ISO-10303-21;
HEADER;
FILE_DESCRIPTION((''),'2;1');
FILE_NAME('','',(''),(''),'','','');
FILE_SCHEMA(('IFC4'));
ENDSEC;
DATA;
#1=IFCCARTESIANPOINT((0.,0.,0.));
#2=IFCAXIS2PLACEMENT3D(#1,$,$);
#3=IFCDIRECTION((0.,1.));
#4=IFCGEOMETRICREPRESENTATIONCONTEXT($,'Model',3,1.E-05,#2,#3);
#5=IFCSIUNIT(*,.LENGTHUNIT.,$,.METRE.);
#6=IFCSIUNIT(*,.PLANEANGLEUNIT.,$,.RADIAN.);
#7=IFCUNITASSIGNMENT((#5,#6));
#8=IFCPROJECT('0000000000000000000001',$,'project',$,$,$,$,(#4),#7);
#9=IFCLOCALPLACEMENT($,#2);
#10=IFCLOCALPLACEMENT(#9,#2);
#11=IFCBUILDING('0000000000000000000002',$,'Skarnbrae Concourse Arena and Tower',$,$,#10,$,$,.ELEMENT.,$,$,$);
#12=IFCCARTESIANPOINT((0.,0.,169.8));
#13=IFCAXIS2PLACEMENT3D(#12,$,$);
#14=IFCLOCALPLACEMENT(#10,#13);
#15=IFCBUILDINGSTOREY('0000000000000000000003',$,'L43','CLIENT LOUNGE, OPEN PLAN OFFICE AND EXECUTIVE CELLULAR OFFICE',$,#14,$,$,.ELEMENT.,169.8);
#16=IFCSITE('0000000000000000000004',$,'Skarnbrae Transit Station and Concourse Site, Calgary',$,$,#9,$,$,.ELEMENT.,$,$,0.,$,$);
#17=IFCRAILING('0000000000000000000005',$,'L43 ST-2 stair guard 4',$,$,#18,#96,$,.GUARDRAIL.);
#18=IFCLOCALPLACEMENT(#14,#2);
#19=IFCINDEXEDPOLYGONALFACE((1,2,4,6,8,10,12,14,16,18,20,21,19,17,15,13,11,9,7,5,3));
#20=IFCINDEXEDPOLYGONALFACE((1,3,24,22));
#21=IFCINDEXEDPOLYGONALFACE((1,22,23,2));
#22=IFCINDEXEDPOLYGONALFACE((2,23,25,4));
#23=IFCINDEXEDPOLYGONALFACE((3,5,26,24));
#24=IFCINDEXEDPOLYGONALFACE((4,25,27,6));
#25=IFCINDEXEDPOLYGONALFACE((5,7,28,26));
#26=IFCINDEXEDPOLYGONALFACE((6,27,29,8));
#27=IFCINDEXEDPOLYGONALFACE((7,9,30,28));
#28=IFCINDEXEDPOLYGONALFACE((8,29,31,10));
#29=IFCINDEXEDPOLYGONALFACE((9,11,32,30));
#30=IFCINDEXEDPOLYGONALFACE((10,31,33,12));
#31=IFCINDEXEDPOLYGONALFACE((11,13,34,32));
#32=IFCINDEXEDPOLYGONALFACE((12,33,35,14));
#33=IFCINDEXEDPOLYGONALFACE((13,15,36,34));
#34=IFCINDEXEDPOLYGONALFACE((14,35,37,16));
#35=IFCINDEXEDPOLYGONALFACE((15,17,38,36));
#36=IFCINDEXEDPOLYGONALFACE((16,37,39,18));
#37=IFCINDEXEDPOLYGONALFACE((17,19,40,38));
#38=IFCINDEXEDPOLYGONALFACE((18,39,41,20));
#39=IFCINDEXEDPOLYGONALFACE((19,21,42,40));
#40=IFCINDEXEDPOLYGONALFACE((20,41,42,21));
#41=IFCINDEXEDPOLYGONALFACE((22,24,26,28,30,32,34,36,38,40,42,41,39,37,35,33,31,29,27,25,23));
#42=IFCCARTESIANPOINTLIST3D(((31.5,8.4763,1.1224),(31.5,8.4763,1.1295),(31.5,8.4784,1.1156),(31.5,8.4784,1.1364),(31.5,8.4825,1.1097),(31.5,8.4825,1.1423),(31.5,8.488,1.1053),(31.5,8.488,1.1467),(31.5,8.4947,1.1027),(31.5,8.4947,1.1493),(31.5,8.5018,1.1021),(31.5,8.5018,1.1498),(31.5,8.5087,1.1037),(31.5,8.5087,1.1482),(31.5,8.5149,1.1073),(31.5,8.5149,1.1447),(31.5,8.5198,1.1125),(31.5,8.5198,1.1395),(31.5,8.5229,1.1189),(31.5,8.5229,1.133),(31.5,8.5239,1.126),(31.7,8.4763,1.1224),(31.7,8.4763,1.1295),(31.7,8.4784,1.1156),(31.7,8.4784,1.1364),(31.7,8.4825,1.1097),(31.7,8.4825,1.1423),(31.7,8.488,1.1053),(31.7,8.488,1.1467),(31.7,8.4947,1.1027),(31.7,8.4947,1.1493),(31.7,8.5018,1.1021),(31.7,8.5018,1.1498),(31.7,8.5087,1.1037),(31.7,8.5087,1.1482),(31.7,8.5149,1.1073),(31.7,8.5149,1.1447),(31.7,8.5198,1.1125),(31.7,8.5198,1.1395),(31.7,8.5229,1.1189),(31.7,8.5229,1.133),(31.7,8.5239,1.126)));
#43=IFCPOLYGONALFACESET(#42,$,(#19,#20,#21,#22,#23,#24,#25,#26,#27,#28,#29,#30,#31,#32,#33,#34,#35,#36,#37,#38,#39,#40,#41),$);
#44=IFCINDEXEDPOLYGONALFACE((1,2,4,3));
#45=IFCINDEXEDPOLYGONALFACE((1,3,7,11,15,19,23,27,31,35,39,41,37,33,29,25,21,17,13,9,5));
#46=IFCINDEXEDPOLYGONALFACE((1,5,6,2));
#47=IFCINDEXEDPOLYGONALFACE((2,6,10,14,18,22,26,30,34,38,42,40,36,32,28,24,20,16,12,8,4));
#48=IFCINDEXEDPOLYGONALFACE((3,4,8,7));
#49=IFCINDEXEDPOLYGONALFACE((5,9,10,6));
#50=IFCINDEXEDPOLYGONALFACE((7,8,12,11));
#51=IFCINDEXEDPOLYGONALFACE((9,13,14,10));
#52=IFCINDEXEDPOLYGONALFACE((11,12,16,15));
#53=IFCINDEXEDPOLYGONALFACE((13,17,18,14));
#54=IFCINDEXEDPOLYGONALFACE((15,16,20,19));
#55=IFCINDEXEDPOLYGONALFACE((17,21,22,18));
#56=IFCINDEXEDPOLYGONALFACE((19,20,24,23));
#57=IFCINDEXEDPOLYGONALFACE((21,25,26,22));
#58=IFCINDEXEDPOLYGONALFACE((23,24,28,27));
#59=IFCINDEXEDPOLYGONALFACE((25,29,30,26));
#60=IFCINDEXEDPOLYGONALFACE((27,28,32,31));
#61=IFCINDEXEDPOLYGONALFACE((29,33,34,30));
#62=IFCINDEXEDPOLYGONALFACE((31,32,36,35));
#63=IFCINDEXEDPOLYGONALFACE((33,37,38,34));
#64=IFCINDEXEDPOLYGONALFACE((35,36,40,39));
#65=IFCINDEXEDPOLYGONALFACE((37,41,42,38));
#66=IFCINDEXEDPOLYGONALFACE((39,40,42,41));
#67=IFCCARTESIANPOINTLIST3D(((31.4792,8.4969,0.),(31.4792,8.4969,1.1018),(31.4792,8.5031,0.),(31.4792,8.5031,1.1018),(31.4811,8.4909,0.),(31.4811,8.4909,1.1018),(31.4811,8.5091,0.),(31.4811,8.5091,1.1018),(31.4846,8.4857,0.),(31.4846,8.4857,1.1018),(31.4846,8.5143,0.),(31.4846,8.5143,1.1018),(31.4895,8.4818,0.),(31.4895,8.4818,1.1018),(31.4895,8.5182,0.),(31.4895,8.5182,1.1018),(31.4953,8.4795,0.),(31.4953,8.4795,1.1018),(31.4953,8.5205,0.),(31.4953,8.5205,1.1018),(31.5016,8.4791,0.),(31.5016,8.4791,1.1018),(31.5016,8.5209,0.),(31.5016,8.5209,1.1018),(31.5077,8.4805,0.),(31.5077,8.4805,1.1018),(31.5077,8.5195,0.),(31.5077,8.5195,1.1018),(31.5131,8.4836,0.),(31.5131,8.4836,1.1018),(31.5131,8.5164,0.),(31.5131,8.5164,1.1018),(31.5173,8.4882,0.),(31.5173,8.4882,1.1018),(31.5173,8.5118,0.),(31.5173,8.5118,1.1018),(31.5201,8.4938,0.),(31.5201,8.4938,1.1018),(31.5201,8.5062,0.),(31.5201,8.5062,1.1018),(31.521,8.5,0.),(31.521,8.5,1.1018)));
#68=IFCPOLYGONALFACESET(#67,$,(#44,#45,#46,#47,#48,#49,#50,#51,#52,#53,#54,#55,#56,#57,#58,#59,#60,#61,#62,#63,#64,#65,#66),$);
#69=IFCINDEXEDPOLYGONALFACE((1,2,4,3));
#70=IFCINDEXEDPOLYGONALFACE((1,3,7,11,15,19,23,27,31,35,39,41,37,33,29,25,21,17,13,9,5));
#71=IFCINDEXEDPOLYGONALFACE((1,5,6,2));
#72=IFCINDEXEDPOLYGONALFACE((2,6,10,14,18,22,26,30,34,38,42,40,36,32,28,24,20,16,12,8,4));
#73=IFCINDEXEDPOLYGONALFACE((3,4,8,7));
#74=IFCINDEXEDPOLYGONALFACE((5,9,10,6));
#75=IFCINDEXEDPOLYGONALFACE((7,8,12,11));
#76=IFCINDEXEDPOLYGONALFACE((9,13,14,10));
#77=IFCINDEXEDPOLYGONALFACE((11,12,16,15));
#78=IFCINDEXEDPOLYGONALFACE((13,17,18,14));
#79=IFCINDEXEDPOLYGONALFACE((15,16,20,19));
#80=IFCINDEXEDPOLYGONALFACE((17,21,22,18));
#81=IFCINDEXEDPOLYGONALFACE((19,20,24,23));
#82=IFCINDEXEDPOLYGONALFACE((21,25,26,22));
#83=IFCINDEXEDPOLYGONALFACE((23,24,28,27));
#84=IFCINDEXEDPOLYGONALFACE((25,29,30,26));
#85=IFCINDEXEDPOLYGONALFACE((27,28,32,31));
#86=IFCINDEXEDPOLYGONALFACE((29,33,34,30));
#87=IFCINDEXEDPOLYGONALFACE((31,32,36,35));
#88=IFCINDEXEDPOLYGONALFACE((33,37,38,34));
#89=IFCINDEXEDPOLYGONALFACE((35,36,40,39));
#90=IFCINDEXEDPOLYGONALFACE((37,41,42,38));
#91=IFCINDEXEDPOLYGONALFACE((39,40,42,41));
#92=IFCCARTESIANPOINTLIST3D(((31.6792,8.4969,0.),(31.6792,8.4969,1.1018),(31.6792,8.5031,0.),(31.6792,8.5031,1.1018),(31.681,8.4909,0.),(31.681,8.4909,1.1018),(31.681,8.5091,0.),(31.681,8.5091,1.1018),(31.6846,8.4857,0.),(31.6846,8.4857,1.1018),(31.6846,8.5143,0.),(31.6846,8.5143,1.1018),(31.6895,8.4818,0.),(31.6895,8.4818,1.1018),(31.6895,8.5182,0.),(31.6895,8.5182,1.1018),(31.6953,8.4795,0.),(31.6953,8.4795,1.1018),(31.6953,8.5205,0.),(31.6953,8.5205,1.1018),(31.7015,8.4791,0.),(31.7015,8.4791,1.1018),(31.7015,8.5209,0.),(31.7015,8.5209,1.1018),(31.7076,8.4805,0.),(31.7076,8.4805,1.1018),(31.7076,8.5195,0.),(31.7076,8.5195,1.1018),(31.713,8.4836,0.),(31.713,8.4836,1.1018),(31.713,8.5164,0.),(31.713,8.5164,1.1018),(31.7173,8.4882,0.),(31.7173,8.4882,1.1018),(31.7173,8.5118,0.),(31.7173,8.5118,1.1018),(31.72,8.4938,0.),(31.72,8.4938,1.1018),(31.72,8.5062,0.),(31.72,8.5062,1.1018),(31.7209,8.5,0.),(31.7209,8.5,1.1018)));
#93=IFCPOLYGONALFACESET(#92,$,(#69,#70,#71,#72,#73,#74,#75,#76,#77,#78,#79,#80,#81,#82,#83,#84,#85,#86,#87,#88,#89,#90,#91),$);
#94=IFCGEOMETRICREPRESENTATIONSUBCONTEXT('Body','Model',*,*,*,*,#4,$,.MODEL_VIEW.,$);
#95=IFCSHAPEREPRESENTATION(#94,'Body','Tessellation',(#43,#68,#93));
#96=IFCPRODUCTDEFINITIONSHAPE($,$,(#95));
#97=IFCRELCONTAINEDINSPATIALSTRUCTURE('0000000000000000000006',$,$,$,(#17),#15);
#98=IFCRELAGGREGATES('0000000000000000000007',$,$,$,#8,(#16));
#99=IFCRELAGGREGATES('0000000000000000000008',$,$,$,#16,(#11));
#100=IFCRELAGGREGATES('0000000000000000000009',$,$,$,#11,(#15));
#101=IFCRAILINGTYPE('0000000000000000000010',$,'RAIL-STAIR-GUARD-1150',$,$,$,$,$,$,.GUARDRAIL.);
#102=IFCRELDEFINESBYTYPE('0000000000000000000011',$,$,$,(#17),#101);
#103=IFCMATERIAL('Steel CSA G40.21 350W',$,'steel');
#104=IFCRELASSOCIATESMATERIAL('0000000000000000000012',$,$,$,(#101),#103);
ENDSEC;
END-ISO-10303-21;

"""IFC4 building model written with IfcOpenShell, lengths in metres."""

from ifc_helpers import new_model, si_unit, direction, frame, origin, origin_2d, place, context, subcontext, project, spatial, circle, extrude, material, type_object, element, save


model = new_model("IFC4")

# Units and contexts
model_context = context("Model", 3, precision=1e-05, world=origin(), true_north=direction((0.0, 1.0)))
body_context = subcontext(model_context, "Body", "Model", "MODEL_VIEW")
ifc_project = project(units=[si_unit("LENGTHUNIT", "METRE"), si_unit("PLANEANGLEUNIT", "RADIAN")], contexts=[model_context])

# Site, building, storey
site_placement = place(None, origin())
site = spatial("IfcSite", under=ifc_project, at=site_placement, Name="Skarnbrae Transit Station and Concourse Site, Calgary", CompositionType="ELEMENT", RefElevation=0.0)
building_placement = place(site_placement, origin())
building = spatial("IfcBuilding", under=site, at=building_placement, Name="Skarnbrae Concourse Arena and Tower", CompositionType="ELEMENT")
storey_placement = place(building_placement, frame((0.0, 0.0, 169.8)))
storey = spatial("IfcBuildingStorey", under=building, at=storey_placement, Name="L43", Description="CLIENT LOUNGE, OPEN PLAN OFFICE AND EXECUTIVE CELLULAR OFFICE", CompositionType="ELEMENT", Elevation=169.8)

# Shared definitions
ifc_material_1 = material(Name="Steel CSA G40.21 350W", Category="steel")

# Railing
railing_type_1 = type_object("IfcRailingType", Name="RAIL-STAIR-GUARD-1150", PredefinedType="GUARDRAIL", material=ifc_material_1)
railing_1_placement = place(storey_placement, frame((31.5, 8.5, 0.0)))
element("IfcRailing", 1, at=railing_1_placement, inside=storey, type_object=railing_type_1, Name="L43 ST-2 stair guard 4", PredefinedType="GUARDRAIL", context=body_context, shape_type="SweptSolid", body=[
    extrude(circle(Radius=0.0239, at=origin_2d()), frame((0.0, 0.0, 1.126), z_axis=(1.0, 0.0, 0.0), x_axis=(0.0, 1.0, 0.0)), (0.0, 0.0, 1.0), 0.2),
    extrude(circle(Radius=0.021, at=origin_2d()), origin(), (0.0, 0.0, 1.0), 1.1018),
    extrude(circle(Radius=0.021, at=origin_2d()), frame((0.2, 0.0, 0.0)), (0.0, 0.0, 1.0), 1.1018),
])

save(model, "model.ifc")
